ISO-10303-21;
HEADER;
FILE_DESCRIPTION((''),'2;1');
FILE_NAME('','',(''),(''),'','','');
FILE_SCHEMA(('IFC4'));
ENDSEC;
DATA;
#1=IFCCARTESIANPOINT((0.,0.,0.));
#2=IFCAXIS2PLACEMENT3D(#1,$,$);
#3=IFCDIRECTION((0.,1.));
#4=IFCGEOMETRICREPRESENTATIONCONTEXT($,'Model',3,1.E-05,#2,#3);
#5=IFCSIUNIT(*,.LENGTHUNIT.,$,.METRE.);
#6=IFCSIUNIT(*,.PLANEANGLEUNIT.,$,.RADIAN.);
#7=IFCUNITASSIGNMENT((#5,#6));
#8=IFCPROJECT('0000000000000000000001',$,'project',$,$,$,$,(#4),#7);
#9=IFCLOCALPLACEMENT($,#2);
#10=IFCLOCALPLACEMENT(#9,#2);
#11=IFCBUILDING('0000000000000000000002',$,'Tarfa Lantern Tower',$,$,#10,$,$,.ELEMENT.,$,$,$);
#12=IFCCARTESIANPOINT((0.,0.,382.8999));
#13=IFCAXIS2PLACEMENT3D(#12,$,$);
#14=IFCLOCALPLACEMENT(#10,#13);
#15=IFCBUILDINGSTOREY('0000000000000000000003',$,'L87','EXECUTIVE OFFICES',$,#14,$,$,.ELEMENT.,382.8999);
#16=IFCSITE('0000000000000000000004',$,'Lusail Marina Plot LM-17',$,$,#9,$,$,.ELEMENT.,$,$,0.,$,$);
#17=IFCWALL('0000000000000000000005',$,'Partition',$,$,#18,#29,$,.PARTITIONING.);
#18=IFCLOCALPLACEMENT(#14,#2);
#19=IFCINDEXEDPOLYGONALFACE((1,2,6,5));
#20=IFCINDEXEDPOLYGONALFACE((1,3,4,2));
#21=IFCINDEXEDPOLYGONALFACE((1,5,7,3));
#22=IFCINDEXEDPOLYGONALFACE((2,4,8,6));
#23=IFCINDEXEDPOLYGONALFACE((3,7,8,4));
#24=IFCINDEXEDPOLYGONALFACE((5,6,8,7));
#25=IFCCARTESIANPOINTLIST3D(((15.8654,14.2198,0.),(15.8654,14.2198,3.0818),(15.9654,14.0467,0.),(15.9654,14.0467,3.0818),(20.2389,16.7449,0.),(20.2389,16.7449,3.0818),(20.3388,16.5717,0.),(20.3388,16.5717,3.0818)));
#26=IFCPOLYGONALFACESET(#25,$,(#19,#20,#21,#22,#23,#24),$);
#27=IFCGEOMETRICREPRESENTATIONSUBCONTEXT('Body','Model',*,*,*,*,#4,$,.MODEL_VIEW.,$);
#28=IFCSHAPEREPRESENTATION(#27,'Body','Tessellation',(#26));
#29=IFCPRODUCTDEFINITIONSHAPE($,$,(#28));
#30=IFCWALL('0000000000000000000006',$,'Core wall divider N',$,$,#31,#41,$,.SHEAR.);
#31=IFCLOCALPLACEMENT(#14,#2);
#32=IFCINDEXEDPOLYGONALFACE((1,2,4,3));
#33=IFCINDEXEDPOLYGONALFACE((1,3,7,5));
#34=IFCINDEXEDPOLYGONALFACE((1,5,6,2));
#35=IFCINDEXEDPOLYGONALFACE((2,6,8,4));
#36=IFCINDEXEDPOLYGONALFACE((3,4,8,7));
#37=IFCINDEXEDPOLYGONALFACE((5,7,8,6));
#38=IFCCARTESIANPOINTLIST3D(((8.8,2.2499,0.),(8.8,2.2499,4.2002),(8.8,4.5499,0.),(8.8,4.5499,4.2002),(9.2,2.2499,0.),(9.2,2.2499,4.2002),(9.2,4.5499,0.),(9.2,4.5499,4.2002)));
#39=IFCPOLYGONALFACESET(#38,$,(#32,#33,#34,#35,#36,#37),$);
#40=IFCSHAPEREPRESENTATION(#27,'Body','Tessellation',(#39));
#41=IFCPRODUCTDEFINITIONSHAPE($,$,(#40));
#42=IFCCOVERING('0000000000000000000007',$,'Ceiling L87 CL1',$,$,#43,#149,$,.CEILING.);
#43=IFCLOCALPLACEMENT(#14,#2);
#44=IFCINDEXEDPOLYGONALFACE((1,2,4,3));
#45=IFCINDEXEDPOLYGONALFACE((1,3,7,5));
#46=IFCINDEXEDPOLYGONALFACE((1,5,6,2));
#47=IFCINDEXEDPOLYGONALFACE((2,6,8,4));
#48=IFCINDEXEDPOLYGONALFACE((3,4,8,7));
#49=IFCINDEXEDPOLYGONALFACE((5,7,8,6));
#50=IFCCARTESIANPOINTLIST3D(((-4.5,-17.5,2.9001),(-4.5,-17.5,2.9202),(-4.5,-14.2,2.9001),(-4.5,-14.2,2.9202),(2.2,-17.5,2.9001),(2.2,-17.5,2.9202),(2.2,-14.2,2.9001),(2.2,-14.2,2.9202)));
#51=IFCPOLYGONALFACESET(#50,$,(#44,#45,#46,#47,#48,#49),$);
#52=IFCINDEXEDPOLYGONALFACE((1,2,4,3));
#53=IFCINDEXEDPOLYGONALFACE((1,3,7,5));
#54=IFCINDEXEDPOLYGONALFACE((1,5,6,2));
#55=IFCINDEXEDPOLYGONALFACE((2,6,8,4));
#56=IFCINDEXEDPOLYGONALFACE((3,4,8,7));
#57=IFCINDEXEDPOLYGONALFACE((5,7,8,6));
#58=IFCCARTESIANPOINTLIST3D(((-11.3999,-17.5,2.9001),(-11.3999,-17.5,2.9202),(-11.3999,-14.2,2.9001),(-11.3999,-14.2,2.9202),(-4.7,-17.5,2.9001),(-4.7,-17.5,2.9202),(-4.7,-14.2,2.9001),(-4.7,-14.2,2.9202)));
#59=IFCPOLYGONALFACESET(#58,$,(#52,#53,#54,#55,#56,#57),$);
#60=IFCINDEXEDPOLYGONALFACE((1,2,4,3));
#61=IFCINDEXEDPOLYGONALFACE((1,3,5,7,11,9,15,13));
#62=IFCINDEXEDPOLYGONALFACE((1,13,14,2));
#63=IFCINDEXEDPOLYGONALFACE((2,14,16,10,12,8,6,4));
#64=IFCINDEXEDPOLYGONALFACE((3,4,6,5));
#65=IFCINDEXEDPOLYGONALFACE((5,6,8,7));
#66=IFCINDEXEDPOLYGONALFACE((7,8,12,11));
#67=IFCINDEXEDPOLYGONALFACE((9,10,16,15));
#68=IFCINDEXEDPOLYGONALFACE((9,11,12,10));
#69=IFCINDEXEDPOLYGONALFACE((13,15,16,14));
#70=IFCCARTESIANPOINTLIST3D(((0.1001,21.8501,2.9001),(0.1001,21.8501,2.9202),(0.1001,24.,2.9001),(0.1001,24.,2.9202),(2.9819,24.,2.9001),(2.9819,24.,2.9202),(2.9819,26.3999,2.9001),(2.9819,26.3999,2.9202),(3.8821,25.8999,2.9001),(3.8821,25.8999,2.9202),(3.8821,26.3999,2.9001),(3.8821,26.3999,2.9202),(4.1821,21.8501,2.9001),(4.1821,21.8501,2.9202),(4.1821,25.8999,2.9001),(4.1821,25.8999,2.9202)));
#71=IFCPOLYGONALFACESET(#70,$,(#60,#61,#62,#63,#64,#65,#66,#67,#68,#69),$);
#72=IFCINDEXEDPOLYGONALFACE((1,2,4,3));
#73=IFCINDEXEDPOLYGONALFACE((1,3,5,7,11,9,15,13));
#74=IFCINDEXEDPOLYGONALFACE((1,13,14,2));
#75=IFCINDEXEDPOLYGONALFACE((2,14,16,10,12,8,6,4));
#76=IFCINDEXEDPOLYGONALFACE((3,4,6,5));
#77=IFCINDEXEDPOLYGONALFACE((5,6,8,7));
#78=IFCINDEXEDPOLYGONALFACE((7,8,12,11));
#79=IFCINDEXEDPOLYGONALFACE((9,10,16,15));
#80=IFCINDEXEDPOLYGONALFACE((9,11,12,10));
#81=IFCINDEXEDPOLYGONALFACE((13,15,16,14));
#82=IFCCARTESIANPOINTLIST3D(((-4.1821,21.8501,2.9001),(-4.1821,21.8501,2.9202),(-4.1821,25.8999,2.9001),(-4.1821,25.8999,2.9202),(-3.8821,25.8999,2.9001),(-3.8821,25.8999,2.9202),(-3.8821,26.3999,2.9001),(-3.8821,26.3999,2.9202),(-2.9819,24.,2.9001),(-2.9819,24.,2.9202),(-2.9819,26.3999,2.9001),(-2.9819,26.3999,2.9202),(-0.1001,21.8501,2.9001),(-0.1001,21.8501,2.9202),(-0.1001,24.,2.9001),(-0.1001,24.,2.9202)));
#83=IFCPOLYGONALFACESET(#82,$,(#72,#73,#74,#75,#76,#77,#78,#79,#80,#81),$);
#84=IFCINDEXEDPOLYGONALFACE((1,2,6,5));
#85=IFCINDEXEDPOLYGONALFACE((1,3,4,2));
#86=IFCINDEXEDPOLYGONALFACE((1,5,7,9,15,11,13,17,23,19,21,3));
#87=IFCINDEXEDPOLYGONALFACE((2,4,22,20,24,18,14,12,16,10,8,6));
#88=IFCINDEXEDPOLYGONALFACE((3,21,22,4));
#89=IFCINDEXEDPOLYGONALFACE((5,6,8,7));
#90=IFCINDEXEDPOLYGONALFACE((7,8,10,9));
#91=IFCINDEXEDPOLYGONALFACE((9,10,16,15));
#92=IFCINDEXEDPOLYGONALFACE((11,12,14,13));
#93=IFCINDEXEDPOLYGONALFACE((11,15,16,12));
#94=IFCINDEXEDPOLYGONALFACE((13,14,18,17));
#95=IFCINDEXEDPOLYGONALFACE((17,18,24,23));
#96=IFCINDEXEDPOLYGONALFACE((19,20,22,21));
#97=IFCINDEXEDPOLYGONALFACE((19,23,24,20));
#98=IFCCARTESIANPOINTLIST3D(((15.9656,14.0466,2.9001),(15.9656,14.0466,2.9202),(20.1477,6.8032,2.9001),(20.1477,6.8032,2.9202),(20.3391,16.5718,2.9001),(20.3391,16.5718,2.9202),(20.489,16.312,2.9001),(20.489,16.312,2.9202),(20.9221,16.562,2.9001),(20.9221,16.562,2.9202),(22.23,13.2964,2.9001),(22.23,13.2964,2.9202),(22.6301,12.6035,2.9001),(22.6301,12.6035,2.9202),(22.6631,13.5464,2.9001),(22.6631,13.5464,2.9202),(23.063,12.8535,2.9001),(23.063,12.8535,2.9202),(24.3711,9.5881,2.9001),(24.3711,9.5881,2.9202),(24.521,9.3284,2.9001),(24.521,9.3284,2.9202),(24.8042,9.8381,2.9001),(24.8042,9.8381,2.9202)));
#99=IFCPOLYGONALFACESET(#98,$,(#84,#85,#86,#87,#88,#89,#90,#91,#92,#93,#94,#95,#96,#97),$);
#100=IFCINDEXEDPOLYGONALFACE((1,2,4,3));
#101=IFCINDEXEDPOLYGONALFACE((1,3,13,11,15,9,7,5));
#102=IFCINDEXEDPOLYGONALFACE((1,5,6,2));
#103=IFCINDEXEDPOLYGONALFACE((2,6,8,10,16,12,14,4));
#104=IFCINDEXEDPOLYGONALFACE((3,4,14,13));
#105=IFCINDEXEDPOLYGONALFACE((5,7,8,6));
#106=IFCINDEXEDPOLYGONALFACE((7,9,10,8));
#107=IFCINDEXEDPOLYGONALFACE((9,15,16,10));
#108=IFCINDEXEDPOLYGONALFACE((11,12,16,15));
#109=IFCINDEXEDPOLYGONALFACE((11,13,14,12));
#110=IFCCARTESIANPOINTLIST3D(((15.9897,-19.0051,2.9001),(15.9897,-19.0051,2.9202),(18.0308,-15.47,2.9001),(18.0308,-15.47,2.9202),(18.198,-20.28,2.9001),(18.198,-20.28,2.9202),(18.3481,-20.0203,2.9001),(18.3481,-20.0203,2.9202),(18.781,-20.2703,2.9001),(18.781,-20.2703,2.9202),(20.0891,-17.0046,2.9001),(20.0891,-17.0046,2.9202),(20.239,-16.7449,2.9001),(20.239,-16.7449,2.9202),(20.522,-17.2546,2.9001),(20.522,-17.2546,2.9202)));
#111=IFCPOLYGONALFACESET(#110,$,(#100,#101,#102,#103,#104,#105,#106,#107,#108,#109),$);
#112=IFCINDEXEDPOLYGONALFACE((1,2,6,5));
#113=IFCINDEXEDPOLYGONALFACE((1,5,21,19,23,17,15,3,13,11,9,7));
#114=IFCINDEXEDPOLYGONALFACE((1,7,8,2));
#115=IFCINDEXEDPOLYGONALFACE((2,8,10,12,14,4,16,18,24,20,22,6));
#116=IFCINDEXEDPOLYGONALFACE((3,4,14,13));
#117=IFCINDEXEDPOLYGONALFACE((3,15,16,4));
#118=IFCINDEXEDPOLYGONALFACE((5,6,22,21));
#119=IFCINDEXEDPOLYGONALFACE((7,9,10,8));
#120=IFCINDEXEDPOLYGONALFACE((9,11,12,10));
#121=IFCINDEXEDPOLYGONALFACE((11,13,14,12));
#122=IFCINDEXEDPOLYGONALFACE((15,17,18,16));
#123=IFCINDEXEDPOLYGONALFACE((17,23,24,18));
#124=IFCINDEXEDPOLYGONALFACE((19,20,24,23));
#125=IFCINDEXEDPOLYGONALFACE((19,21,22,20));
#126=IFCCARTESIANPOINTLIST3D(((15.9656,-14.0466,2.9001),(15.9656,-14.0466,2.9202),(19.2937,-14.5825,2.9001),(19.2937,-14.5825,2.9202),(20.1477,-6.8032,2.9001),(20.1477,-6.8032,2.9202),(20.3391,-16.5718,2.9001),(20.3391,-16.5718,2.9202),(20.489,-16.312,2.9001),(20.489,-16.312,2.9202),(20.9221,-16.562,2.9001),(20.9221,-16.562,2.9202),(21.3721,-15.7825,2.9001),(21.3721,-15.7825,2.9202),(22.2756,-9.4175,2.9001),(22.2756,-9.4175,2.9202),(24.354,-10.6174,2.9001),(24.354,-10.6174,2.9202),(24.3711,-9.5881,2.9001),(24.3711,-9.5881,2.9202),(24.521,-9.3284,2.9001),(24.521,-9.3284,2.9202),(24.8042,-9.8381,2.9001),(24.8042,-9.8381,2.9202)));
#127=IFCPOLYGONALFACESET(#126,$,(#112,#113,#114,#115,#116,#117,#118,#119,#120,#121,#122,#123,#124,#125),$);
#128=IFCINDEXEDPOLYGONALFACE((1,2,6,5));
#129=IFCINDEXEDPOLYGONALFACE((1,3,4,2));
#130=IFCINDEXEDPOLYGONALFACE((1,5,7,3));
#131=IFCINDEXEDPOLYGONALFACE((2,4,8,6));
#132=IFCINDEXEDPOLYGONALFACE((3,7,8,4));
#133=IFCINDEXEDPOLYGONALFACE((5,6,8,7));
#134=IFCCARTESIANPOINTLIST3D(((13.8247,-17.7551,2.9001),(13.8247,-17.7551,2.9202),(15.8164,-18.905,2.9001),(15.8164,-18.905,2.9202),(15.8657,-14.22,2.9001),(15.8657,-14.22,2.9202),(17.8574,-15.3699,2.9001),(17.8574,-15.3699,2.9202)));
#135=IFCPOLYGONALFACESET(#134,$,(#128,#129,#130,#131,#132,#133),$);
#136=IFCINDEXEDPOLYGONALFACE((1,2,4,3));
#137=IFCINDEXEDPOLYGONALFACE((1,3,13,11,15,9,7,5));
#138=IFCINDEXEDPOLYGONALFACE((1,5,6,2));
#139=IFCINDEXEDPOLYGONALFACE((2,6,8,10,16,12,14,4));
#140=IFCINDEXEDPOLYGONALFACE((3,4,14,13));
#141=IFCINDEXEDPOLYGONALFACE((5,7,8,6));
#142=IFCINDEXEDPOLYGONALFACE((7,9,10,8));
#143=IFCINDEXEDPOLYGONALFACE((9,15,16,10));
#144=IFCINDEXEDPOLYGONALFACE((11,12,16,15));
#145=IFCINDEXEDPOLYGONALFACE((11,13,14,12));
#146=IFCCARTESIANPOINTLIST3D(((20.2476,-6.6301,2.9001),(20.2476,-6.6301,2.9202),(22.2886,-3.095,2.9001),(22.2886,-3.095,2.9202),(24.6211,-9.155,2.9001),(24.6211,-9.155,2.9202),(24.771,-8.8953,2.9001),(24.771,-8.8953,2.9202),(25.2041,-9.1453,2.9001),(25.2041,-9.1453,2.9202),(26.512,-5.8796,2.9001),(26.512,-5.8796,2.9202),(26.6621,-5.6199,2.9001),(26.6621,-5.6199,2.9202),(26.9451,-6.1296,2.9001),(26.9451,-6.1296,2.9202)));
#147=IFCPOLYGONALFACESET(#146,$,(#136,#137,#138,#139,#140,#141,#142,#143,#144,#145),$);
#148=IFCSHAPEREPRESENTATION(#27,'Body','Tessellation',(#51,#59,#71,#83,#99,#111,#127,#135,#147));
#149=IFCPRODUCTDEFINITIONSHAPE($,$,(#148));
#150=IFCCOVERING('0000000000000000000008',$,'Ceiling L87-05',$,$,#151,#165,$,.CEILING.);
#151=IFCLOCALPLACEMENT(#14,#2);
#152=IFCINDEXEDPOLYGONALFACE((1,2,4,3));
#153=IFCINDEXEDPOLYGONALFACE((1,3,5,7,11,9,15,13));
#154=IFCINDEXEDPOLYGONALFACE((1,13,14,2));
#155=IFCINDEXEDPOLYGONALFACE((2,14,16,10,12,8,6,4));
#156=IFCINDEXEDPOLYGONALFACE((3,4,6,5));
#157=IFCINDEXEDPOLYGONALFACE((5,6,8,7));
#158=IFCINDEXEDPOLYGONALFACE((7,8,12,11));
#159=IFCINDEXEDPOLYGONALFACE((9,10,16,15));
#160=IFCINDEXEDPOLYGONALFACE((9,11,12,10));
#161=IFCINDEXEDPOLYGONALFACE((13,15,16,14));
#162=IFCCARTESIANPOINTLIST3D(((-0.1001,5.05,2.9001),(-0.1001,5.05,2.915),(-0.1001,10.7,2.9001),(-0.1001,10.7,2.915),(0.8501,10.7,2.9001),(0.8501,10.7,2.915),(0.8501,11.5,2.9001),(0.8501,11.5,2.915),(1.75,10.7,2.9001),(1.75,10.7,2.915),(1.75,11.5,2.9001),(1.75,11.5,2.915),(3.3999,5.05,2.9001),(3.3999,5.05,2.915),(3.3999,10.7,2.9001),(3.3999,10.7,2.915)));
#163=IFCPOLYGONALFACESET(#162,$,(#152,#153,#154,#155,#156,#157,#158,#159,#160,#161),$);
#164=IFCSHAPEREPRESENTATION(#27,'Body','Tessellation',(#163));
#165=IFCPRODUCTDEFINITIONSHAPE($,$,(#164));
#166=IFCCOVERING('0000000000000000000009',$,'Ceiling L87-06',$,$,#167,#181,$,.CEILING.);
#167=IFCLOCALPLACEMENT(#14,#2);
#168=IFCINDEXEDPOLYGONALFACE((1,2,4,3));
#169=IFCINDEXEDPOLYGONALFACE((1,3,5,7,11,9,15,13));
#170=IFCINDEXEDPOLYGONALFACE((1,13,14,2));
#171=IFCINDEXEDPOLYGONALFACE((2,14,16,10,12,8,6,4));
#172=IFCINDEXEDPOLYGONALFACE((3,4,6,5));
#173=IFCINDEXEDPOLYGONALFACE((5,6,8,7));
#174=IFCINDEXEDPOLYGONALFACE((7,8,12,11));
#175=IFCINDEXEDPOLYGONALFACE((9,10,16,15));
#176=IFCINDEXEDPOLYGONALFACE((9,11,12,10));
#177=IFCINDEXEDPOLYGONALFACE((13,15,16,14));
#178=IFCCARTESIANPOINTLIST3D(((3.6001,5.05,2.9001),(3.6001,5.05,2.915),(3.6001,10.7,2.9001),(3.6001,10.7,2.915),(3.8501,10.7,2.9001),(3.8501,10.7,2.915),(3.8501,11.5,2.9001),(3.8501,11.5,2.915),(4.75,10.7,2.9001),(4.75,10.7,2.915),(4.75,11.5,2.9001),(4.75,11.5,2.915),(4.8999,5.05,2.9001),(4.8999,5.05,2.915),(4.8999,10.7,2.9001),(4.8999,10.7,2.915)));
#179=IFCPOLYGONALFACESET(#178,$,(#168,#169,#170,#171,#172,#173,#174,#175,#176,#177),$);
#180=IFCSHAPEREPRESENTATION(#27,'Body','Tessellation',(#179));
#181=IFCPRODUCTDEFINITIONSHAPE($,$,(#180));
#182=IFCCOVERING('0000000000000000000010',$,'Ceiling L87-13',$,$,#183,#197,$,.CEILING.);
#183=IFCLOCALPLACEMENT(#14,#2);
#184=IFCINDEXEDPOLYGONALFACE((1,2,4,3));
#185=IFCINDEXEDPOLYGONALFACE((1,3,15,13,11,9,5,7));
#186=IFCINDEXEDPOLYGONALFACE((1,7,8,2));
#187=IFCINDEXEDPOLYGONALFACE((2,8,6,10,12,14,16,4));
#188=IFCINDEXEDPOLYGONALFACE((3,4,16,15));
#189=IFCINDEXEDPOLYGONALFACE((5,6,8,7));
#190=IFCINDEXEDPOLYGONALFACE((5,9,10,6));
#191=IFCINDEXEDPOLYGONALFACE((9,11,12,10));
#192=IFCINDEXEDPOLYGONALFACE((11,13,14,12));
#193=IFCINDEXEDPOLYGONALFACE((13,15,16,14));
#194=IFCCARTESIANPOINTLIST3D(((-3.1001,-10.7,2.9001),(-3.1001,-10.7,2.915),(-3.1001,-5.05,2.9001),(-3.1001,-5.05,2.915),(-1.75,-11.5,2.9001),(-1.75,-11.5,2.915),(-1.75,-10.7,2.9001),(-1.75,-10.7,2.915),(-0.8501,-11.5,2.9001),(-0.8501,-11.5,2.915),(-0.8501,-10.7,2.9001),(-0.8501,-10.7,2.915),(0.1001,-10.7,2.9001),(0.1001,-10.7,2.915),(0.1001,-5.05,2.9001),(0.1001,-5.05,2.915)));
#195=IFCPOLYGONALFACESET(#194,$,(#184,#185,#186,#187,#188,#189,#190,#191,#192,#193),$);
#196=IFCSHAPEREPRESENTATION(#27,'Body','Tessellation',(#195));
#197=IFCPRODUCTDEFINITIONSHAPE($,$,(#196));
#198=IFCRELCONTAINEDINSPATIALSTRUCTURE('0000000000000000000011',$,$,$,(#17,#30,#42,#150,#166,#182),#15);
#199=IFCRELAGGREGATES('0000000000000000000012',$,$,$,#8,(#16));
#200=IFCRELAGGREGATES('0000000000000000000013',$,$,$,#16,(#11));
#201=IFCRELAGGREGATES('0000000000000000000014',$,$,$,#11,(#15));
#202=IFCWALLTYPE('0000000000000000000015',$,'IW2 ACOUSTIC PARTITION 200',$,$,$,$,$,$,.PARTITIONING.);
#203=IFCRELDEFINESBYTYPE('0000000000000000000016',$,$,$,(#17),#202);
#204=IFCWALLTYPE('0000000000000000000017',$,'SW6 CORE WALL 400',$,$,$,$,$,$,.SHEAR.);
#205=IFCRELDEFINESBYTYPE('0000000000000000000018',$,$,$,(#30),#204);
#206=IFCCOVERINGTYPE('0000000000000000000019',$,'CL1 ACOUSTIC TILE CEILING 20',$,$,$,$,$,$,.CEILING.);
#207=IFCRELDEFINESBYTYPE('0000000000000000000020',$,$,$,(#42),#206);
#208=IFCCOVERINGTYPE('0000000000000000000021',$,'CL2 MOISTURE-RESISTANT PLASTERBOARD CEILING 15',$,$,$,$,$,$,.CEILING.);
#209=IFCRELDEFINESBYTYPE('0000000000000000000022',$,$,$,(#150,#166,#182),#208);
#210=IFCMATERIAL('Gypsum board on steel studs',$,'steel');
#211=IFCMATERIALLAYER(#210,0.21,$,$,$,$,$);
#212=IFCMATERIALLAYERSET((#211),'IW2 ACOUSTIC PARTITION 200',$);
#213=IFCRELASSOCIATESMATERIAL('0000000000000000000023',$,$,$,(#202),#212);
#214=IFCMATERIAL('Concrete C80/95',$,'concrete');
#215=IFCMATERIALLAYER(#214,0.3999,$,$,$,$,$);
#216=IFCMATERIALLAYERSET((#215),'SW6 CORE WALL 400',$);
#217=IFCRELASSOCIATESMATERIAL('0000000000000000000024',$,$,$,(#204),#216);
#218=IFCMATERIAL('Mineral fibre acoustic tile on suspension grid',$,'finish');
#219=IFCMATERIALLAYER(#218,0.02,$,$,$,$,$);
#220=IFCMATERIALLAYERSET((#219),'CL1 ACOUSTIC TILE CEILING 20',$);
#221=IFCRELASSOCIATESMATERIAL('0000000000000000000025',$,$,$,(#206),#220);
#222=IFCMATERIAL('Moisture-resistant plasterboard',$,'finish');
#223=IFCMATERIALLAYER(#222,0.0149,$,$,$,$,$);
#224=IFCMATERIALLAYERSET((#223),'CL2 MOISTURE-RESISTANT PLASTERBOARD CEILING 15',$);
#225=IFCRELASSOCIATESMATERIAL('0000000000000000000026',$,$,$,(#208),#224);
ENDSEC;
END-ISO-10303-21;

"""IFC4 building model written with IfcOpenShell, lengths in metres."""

from ifc_helpers import new_model, si_unit, direction, frame, frame_2d, origin, place, context, subcontext, project, spatial, polyline, rectangle, outline, extrude, material, layer, layer_set, type_object, element, save


model = new_model("IFC4")

# Units and contexts
model_context = context("Model", 3, precision=1e-05, world=origin(), true_north=direction((0.0, 1.0)))
body_context = subcontext(model_context, "Body", "Model", "MODEL_VIEW")
ifc_project = project(units=[si_unit("LENGTHUNIT", "METRE"), si_unit("PLANEANGLEUNIT", "RADIAN")], contexts=[model_context])

# Site, building, storey
site_placement = place(None, origin())
site = spatial("IfcSite", under=ifc_project, at=site_placement, Name="Lusail Marina Plot LM-17", CompositionType="ELEMENT", RefElevation=0.0)
building_placement = place(site_placement, origin())
building = spatial("IfcBuilding", under=site, at=building_placement, Name="Tarfa Lantern Tower", CompositionType="ELEMENT")
storey_placement = place(building_placement, frame((0.0, 0.0, 382.8999)))
storey = spatial("IfcBuildingStorey", under=building, at=storey_placement, Name="L87", Description="EXECUTIVE OFFICES", CompositionType="ELEMENT", Elevation=382.8999)

# Shared definitions
ifc_material_1 = material(Name="Concrete C80/95", Category="concrete")

# Walls
ifc_material_2 = material(Name="Gypsum board on steel studs", Category="steel")
ifc_layer_1 = layer(ifc_material_2, 0.21)
ifc_layer_set_1 = layer_set([ifc_layer_1], Name="IW2 ACOUSTIC PARTITION 200")
wall_type_1 = type_object("IfcWallType", Name="IW2 ACOUSTIC PARTITION 200", PredefinedType="PARTITIONING", material=ifc_layer_set_1)
wall_1_placement = place(storey_placement, frame((15.9155, 14.1333, 0.0), z_axis=(0.0, 0.0, 1.0), x_axis=(0.866018, 0.500013, 0.0)))
element("IfcWall", 1, at=wall_1_placement, inside=storey, type_object=wall_type_1, Name="Partition", PredefinedType="PARTITIONING", context=body_context, shape_type="SweptSolid", body=[
    extrude(rectangle(XDim=5.05, YDim=0.2, at=frame_2d((2.5249, 0.0))), origin(), (0.0, 0.0, 1.0), 3.0818),
])
ifc_layer_2 = layer(ifc_material_1, 0.3999)
ifc_layer_set_2 = layer_set([ifc_layer_2], Name="SW6 CORE WALL 400")
wall_type_2 = type_object("IfcWallType", Name="SW6 CORE WALL 400", PredefinedType="SHEAR", material=ifc_layer_set_2)
wall_2_placement = place(storey_placement, frame((9.0, 2.25, 0.0), z_axis=(0.0, 0.0, 1.0), x_axis=(0.0, 1.0, 0.0)))
element("IfcWall", 2, at=wall_2_placement, inside=storey, type_object=wall_type_2, Name="Core wall divider N", PredefinedType="SHEAR", context=body_context, shape_type="SweptSolid", body=[
    extrude(rectangle(XDim=2.3, YDim=0.3999, at=frame_2d((1.1499, 0.0))), origin(), (0.0, 0.0, 1.0), 4.2002),
])

# Coverings
ifc_material_3 = material(Name="Mineral fibre acoustic tile on suspension grid", Category="finish")
ifc_layer_3 = layer(ifc_material_3, 0.02)
ifc_layer_set_3 = layer_set([ifc_layer_3], Name="CL1 ACOUSTIC TILE CEILING 20")
covering_type_1 = type_object("IfcCoveringType", Name="CL1 ACOUSTIC TILE CEILING 20", PredefinedType="CEILING", material=ifc_layer_set_3)
covering_1_placement = place(storey_placement, frame((0.0, 0.0, 2.9001)))
element("IfcCovering", 3, at=covering_1_placement, inside=storey, type_object=covering_type_1, Name="Ceiling L87 CL1", PredefinedType="CEILING", context=body_context, shape_type="SweptSolid", body=[
    extrude(outline(polyline([(-4.5, -14.2), (2.2, -14.2), (2.2, -17.5), (-4.5, -17.5), (-4.5, -14.2)])), origin(), (0.0, 0.0, 1.0), 0.02),
    extrude(outline(polyline([(-11.3999, -14.2), (-4.7, -14.2), (-4.7, -17.5), (-11.3999, -17.5), (-11.3999, -14.2)])), origin(), (0.0, 0.0, 1.0), 0.02),
    extrude(outline(polyline([(4.1821, 21.8501), (0.1001, 21.8501), (0.1001, 24.0), (2.9819, 24.0), (2.9819, 26.3999), (3.8821, 26.3999), (3.8821, 25.8999), (4.1821, 25.8999), (4.1821, 21.8501)])), origin(), (0.0, 0.0, 1.0), 0.02),
    extrude(outline(polyline([(-2.9819, 24.0), (-0.1001, 24.0), (-0.1001, 21.8501), (-4.1821, 21.8501), (-4.1821, 25.8999), (-3.8821, 25.8999), (-3.8821, 26.3999), (-2.9819, 26.3999), (-2.9819, 24.0)])), origin(), (0.0, 0.0, 1.0), 0.02),
    extrude(outline(polyline([(15.9656, 14.0466), (20.3391, 16.5718), (20.489, 16.312), (20.9221, 16.562), (22.6631, 13.5464), (22.23, 13.2964), (22.6301, 12.6035), (23.063, 12.8535), (24.8042, 9.8381), (24.3711, 9.5881), (24.521, 9.3284), (20.1477, 6.8032), (15.9656, 14.0466)])), origin(), (0.0, 0.0, 1.0), 0.02),
    extrude(outline(polyline([(15.9897, -19.0051), (18.0308, -15.47), (20.239, -16.7449), (20.0891, -17.0046), (20.522, -17.2546), (18.781, -20.2703), (18.3481, -20.0203), (18.198, -20.28), (15.9897, -19.0051)])), origin(), (0.0, 0.0, 1.0), 0.02),
    extrude(outline(polyline([(20.1477, -6.8032), (24.521, -9.3284), (24.3711, -9.5881), (24.8042, -9.8381), (24.354, -10.6174), (22.2756, -9.4175), (19.2937, -14.5825), (21.3721, -15.7825), (20.9221, -16.562), (20.489, -16.312), (20.3391, -16.5718), (15.9656, -14.0466), (20.1477, -6.8032)])), origin(), (0.0, 0.0, 1.0), 0.02),
    extrude(outline(polyline([(15.8657, -14.22), (17.8574, -15.3699), (15.8164, -18.905), (13.8247, -17.7551), (15.8657, -14.22)])), origin(), (0.0, 0.0, 1.0), 0.02),
    extrude(outline(polyline([(22.2886, -3.095), (26.6621, -5.6199), (26.512, -5.8796), (26.9451, -6.1296), (25.2041, -9.1453), (24.771, -8.8953), (24.6211, -9.155), (20.2476, -6.6301), (22.2886, -3.095)])), origin(), (0.0, 0.0, 1.0), 0.02),
])
ifc_material_4 = material(Name="Moisture-resistant plasterboard", Category="finish")
ifc_layer_4 = layer(ifc_material_4, 0.0149)
ifc_layer_set_4 = layer_set([ifc_layer_4], Name="CL2 MOISTURE-RESISTANT PLASTERBOARD CEILING 15")
covering_type_2 = type_object("IfcCoveringType", Name="CL2 MOISTURE-RESISTANT PLASTERBOARD CEILING 15", PredefinedType="CEILING", material=ifc_layer_set_4)
covering_2_placement = place(storey_placement, frame((0.0, 0.0, 2.9001)))
element("IfcCovering", 4, at=covering_2_placement, inside=storey, type_object=covering_type_2, Name="Ceiling L87-05", PredefinedType="CEILING", context=body_context, shape_type="SweptSolid", body=[
    extrude(outline(polyline([(0.8501, 10.7), (-0.1001, 10.7), (-0.1001, 5.05), (3.3999, 5.05), (3.3999, 10.7), (1.75, 10.7), (1.75, 11.5), (0.8501, 11.5), (0.8501, 11.5), (0.8501, 10.7)])), origin(), (0.0, 0.0, 1.0), 0.0149),
])
covering_3_placement = place(storey_placement, frame((0.0, 0.0, 2.9001)))
element("IfcCovering", 5, at=covering_3_placement, inside=storey, type_object=covering_type_2, Name="Ceiling L87-06", PredefinedType="CEILING", context=body_context, shape_type="SweptSolid", body=[
    extrude(outline(polyline([(3.6001, 5.05), (4.8999, 5.05), (4.8999, 10.7), (4.75, 10.7), (4.75, 11.5), (3.8501, 11.5), (3.8501, 10.7), (3.6001, 10.7), (3.6001, 5.05)])), origin(), (0.0, 0.0, 1.0), 0.0149),
])
covering_4_placement = place(storey_placement, frame((0.0, 0.0, 2.9001)))
element("IfcCovering", 6, at=covering_4_placement, inside=storey, type_object=covering_type_2, Name="Ceiling L87-13", PredefinedType="CEILING", context=body_context, shape_type="SweptSolid", body=[
    extrude(outline(polyline([(-0.8501, -10.7), (0.1001, -10.7), (0.1001, -5.05), (-3.1001, -5.05), (-3.1001, -10.7), (-1.75, -10.7), (-1.75, -11.5), (-0.8501, -11.5), (-0.8501, -10.7)])), origin(), (0.0, 0.0, 1.0), 0.0149),
])

save(model, "model.ifc")
